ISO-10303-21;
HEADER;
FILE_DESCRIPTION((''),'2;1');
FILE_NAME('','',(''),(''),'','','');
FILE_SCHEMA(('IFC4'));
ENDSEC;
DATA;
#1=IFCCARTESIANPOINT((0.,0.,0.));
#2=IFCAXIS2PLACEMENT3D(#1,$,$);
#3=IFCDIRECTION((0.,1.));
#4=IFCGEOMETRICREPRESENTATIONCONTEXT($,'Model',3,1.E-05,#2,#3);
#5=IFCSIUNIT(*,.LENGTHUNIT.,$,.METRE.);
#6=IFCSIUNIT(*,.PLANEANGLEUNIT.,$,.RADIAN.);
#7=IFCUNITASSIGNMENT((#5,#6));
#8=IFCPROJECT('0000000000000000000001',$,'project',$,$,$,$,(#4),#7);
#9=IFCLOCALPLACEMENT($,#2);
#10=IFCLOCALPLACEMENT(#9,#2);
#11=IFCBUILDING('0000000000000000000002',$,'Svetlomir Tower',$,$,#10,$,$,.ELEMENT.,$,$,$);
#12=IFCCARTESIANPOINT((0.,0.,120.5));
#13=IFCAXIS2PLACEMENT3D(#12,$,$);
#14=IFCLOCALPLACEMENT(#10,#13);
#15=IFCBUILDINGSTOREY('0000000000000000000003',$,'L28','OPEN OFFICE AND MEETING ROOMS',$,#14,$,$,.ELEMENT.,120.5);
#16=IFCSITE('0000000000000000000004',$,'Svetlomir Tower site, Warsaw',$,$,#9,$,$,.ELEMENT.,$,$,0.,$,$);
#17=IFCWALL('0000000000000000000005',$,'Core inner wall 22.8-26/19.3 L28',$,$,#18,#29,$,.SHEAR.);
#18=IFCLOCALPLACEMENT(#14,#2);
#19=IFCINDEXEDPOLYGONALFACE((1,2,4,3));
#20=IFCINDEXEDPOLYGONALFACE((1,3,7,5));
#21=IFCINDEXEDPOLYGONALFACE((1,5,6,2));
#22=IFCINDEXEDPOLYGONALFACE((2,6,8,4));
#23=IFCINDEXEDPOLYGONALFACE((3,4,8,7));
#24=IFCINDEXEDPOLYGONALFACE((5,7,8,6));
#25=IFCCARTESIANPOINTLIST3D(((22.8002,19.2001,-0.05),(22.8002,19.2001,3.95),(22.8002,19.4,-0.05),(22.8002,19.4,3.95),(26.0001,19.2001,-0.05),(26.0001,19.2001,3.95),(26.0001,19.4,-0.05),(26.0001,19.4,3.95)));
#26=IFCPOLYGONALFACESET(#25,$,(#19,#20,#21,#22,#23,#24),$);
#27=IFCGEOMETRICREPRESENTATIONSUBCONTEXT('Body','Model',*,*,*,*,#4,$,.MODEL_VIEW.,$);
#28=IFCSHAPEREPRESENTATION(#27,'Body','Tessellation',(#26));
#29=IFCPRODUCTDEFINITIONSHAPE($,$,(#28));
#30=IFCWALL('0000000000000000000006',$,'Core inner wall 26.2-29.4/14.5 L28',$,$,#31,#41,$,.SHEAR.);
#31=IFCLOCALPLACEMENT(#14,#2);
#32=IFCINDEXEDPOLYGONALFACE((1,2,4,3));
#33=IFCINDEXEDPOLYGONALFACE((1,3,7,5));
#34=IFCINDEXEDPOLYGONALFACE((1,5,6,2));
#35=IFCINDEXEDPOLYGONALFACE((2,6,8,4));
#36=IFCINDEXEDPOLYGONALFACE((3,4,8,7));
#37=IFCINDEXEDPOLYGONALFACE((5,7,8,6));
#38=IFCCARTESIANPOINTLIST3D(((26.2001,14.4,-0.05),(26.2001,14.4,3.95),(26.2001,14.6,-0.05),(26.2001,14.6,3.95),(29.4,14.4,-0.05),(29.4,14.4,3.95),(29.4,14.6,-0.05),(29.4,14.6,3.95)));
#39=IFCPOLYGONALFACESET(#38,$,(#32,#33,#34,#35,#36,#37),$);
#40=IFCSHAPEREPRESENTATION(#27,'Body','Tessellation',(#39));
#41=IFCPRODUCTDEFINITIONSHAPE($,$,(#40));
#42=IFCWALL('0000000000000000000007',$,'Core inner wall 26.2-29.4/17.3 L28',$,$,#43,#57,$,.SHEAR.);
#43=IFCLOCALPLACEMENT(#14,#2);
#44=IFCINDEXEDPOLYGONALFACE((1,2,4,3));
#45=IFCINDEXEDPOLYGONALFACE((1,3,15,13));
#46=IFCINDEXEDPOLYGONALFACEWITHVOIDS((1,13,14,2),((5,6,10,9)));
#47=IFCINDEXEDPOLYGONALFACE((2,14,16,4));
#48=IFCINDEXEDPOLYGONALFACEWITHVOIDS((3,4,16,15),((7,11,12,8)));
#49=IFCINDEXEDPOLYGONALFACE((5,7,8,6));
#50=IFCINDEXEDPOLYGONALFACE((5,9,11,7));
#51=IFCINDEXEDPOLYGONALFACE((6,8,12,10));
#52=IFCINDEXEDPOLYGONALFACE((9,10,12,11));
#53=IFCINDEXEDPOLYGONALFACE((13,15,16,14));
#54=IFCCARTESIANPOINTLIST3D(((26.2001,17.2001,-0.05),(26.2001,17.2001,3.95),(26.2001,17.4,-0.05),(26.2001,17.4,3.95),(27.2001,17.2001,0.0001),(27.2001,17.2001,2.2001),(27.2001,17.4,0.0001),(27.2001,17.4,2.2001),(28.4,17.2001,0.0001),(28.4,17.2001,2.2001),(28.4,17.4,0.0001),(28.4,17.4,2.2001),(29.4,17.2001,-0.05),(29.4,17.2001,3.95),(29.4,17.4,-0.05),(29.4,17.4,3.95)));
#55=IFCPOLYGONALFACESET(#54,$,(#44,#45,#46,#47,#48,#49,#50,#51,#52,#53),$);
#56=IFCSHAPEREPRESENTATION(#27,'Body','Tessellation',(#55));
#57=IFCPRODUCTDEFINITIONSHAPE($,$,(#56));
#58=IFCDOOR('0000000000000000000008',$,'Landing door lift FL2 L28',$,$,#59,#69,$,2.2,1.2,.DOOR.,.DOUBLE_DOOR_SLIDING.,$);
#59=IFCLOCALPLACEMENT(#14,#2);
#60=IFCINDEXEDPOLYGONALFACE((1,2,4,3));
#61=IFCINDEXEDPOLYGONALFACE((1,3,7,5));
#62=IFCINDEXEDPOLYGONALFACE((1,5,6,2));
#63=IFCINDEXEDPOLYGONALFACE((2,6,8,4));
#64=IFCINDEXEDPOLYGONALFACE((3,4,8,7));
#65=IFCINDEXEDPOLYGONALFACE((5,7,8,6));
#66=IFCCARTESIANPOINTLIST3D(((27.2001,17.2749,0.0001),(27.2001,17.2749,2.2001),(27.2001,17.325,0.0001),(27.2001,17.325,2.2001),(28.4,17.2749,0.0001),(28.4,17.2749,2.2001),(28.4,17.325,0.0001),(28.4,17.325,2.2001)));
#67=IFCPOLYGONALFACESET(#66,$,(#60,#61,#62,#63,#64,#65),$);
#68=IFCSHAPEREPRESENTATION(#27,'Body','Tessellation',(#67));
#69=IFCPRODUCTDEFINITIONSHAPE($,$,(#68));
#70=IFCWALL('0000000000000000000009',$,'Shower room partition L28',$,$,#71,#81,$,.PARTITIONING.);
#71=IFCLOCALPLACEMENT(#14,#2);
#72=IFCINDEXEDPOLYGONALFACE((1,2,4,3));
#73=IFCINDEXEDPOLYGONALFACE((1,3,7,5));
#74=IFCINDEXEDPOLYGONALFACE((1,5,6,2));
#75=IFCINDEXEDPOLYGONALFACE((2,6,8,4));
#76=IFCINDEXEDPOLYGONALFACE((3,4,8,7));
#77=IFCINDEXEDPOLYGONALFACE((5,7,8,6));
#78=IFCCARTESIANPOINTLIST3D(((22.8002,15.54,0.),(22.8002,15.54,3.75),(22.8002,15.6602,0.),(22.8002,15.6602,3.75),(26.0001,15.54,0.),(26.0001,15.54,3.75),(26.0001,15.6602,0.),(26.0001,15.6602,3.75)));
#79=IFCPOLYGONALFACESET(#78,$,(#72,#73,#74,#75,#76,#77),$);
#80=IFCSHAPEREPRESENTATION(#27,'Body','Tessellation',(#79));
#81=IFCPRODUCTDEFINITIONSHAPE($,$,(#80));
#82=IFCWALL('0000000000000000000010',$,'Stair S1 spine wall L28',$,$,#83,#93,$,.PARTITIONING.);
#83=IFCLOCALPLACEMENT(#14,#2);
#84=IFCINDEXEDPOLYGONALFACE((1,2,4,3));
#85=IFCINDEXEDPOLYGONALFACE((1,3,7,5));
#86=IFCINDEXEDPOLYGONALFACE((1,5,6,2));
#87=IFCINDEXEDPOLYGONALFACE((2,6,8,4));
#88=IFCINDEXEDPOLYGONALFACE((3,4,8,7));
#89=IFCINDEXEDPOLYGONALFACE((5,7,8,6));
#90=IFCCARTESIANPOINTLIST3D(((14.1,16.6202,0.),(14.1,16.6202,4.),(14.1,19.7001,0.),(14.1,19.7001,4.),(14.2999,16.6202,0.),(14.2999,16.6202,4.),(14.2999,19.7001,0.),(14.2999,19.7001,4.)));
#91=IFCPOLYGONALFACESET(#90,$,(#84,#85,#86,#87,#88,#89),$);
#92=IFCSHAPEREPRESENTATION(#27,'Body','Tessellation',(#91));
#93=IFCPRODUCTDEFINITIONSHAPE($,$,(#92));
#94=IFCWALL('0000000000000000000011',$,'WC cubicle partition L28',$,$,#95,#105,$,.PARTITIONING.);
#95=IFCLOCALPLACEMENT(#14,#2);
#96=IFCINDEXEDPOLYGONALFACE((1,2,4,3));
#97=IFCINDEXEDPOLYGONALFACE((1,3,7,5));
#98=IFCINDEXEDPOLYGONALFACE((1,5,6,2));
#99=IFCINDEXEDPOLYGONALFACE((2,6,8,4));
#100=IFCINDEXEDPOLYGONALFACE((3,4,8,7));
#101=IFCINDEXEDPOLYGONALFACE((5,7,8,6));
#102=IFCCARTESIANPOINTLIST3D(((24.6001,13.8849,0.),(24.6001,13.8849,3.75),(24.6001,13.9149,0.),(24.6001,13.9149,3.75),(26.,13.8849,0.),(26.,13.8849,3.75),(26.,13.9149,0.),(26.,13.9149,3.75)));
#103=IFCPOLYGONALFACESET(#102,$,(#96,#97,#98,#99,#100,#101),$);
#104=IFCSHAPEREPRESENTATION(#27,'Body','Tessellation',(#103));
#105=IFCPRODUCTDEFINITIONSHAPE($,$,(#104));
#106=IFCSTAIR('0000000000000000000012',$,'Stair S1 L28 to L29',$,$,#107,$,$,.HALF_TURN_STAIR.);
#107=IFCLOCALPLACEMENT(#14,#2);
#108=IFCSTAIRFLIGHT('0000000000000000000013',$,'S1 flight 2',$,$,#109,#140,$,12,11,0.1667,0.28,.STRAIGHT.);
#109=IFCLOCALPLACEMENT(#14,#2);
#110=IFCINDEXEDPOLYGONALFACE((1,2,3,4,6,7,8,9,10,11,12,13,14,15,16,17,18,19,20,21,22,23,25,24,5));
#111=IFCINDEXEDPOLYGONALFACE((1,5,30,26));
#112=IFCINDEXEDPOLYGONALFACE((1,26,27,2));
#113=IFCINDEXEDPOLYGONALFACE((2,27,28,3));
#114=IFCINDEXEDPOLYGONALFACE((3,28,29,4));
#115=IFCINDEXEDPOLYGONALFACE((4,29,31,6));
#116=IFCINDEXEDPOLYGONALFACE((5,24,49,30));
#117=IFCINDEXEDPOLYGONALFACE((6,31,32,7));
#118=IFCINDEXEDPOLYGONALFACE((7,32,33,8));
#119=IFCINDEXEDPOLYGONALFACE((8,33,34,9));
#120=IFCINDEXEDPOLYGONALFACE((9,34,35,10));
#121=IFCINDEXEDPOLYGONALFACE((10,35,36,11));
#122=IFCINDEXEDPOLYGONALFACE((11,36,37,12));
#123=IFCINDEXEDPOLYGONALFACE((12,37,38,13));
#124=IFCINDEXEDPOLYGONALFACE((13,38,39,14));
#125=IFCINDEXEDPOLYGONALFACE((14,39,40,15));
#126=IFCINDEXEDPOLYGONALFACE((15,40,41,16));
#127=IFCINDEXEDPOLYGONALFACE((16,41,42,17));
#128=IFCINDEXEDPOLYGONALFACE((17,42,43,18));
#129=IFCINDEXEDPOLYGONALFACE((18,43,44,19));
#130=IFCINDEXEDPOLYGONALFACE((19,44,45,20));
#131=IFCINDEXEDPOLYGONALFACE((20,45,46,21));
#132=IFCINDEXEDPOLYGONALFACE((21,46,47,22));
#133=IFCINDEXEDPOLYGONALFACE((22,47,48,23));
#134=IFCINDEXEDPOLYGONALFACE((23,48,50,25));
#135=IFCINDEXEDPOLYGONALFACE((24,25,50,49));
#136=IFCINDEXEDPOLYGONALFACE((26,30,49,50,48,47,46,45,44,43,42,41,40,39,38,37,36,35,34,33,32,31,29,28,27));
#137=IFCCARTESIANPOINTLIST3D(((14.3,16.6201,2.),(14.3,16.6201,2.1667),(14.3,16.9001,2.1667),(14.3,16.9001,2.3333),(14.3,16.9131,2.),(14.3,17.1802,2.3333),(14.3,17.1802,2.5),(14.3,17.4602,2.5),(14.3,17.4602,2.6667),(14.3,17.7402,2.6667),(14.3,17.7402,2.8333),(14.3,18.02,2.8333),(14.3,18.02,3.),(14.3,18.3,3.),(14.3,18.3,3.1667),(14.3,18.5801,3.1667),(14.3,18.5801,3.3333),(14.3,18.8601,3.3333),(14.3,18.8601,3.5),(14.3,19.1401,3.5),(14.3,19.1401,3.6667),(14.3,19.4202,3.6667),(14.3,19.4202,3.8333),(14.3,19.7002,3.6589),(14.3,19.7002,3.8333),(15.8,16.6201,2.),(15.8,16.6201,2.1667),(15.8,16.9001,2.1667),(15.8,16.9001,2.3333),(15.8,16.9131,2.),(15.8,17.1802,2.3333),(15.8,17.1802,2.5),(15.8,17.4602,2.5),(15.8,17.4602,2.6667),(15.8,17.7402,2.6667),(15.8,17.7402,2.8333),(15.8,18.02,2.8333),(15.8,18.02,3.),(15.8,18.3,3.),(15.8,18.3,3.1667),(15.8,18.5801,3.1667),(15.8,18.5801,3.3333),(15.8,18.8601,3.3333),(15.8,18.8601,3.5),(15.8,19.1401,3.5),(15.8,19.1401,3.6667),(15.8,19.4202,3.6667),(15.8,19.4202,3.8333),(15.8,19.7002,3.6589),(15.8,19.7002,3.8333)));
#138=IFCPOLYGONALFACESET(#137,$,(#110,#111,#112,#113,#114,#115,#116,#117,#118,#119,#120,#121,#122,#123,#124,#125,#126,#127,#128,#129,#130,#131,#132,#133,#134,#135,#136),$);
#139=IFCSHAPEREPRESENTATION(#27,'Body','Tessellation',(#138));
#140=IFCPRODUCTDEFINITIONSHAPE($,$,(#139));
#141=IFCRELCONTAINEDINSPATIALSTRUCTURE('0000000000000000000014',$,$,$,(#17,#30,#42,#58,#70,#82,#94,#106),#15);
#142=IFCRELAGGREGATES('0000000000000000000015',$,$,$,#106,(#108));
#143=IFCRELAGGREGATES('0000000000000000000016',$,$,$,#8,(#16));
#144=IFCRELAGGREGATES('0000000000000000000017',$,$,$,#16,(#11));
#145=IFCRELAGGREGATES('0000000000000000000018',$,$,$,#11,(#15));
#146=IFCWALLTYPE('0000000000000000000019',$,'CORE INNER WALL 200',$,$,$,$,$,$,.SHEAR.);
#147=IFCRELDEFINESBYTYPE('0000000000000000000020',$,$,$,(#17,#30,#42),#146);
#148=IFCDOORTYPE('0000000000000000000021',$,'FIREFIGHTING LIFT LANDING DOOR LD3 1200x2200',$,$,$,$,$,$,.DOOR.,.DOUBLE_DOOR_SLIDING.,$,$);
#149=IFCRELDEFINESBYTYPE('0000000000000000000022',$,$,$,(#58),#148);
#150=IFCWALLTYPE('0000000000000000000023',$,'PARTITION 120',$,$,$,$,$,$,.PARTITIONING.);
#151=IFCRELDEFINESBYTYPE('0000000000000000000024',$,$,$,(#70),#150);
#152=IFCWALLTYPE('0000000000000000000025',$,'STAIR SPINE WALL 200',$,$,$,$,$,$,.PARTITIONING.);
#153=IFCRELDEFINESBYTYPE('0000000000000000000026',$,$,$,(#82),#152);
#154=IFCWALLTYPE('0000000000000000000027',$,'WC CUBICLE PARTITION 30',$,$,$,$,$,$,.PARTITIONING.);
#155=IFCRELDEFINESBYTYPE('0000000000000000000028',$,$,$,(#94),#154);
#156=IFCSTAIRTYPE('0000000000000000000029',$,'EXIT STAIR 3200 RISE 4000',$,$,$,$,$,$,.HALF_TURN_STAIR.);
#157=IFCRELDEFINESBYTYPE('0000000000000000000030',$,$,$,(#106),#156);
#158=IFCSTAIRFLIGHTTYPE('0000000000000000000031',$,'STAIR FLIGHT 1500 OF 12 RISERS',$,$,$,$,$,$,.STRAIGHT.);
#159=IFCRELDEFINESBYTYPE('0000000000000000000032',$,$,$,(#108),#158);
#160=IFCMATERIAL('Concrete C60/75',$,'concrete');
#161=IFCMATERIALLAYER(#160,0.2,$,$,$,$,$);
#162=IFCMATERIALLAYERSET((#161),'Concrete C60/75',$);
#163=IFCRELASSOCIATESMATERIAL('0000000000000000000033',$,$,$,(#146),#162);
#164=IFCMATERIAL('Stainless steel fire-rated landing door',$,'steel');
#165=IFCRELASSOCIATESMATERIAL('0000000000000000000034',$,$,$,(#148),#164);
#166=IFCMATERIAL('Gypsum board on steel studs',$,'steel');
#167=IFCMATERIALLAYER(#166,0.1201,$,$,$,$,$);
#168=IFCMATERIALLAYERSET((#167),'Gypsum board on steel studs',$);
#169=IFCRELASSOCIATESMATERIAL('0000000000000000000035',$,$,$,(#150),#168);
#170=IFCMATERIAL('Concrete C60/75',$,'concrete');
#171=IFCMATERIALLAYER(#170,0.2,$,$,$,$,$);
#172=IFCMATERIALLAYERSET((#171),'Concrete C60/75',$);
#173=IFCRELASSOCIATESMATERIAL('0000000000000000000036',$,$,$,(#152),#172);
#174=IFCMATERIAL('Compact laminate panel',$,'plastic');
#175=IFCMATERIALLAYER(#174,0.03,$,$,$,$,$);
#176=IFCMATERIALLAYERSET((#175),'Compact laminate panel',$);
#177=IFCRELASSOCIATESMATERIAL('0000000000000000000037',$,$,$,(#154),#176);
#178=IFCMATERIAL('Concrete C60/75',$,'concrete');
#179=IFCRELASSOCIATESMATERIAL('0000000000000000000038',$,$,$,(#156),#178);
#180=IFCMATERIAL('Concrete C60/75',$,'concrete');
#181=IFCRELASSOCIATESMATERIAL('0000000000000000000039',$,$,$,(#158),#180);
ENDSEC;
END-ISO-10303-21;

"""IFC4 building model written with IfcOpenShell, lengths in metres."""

from ifc_helpers import new_model, si_unit, direction, frame, frame_2d, origin, place, context, subcontext, project, spatial, polyline, rectangle, outline, extrude, material, layer, layer_set, type_object, element, fill, aggregate, save


model = new_model("IFC4")

# Units and contexts
model_context = context("Model", 3, precision=1e-05, world=origin(), true_north=direction((0.0, 1.0)))
body_context = subcontext(model_context, "Body", "Model", "MODEL_VIEW")
ifc_project = project(units=[si_unit("LENGTHUNIT", "METRE"), si_unit("PLANEANGLEUNIT", "RADIAN")], contexts=[model_context])

# Site, building, storey
site_placement = place(None, origin())
site = spatial("IfcSite", under=ifc_project, at=site_placement, Name="Svetlomir Tower site, Warsaw", CompositionType="ELEMENT", RefElevation=0.0)
building_placement = place(site_placement, origin())
building = spatial("IfcBuilding", under=site, at=building_placement, Name="Svetlomir Tower", CompositionType="ELEMENT")
storey_placement = place(building_placement, frame((0.0, 0.0, 120.5)))
storey = spatial("IfcBuildingStorey", under=building, at=storey_placement, Name="L28", Description="OPEN OFFICE AND MEETING ROOMS", CompositionType="ELEMENT", Elevation=120.5)

# Shared definitions
ifc_material_1 = material(Name="Concrete C60/75", Category="concrete")
ifc_layer_1 = layer(ifc_material_1, 0.2)
ifc_layer_set_1 = layer_set([ifc_layer_1], Name="Concrete C60/75")
wall_type_1 = type_object("IfcWallType", Name="CORE INNER WALL 200", PredefinedType="SHEAR", material=ifc_layer_set_1)

# Walls
for number, where, z_axis, x_axis, name in (
    (1, (22.8, 19.3, -0.05), (0.0, 0.0, 1.0), (1.0, 0.0, 0.0), "Core inner wall 22.8-26/19.3 L28"),
    (2, (26.2, 14.5, -0.05), (0.0, 0.0, 1.0), (1.0, 0.0, 0.0), "Core inner wall 26.2-29.4/14.5 L28"),
):
    element("IfcWall", number, at=place(storey_placement, frame(where, z_axis=z_axis, x_axis=x_axis)), inside=storey, type_object=wall_type_1, Name=name, PredefinedType="SHEAR", context=body_context, shape_type="SweptSolid", body=[
        extrude(rectangle(XDim=3.2, YDim=0.2, at=frame_2d((1.6001, 0.0))), origin(), (0.0, 0.0, 1.0), 4.0),
    ])

# Wall, opening, door
wall_1_placement = place(storey_placement, frame((26.2, 17.3, -0.05), z_axis=(0.0, 0.0, 1.0), x_axis=(1.0, 0.0, 0.0)))
wall_1 = element("IfcWall", 3, at=wall_1_placement, inside=storey, type_object=wall_type_1, Name="Core inner wall 26.2-29.4/17.3 L28", PredefinedType="SHEAR", context=body_context, shape_type="SweptSolid", body=[
    extrude(rectangle(XDim=3.2, YDim=0.2, at=frame_2d((1.6001, 0.0))), origin(), (0.0, 0.0, 1.0), 4.0),
])
opening_1_placement = place(wall_1_placement, frame((1.0, 0.0, 0.05)))
opening_1 = element("IfcOpeningElement", 4, at=opening_1_placement, cuts=wall_1, PredefinedType="OPENING", context=body_context, shape_type="SweptSolid", body=[
    extrude(rectangle(XDim=1.2, YDim=2.2, at=frame_2d((0.6001, 1.1001))), frame((0.0, 0.1099, 0.0), z_axis=(0.0, -1.0, 0.0), x_axis=(1.0, 0.0, 0.0)), (0.0, 0.0, 1.0), 0.22),
])
ifc_material_2 = material(Name="Stainless steel fire-rated landing door", Category="steel")
door_type_1 = type_object("IfcDoorType", Name="FIREFIGHTING LIFT LANDING DOOR LD3 1200x2200", OperationType="DOUBLE_DOOR_SLIDING", PredefinedType="DOOR", material=ifc_material_2)
door_1_placement = place(opening_1_placement, origin())
door_1 = element("IfcDoor", 5, at=door_1_placement, inside=storey, type_object=door_type_1, Name="Landing door lift FL2 L28", OperationType="DOUBLE_DOOR_SLIDING", OverallHeight=2.2, OverallWidth=1.2, PredefinedType="DOOR", context=body_context, shape_type="SweptSolid", body=[
    extrude(rectangle(XDim=1.2, YDim=2.2, at=frame_2d((0.6001, 1.1001))), frame((0.0, 0.0249, 0.0), z_axis=(0.0, -1.0, 0.0), x_axis=(1.0, 0.0, 0.0)), (0.0, 0.0, 1.0), 0.05),
])
fill(opening_1, door_1)

# Walls
ifc_material_3 = material(Name="Gypsum board on steel studs", Category="steel")
ifc_layer_2 = layer(ifc_material_3, 0.1201)
ifc_layer_set_2 = layer_set([ifc_layer_2], Name="Gypsum board on steel studs")
wall_type_2 = type_object("IfcWallType", Name="PARTITION 120", PredefinedType="PARTITIONING", material=ifc_layer_set_2)
wall_2_placement = place(storey_placement, frame((22.8, 15.6001, 0.0), z_axis=(0.0, 0.0, 1.0), x_axis=(1.0, 0.0, 0.0)))
element("IfcWall", 6, at=wall_2_placement, inside=storey, type_object=wall_type_2, Name="Shower room partition L28", PredefinedType="PARTITIONING", context=body_context, shape_type="SweptSolid", body=[
    extrude(rectangle(XDim=3.2, YDim=0.1201, at=frame_2d((1.6001, 0.0))), origin(), (0.0, 0.0, 1.0), 3.75),
])
ifc_material_4 = material(Name="Concrete C60/75", Category="concrete")
ifc_layer_3 = layer(ifc_material_4, 0.2)
ifc_layer_set_3 = layer_set([ifc_layer_3], Name="Concrete C60/75")
wall_type_3 = type_object("IfcWallType", Name="STAIR SPINE WALL 200", PredefinedType="PARTITIONING", material=ifc_layer_set_3)
wall_3_placement = place(storey_placement, frame((14.2, 16.6201, 0.0), z_axis=(0.0, 0.0, 1.0), x_axis=(0.0, 1.0, 0.0)))
element("IfcWall", 7, at=wall_3_placement, inside=storey, type_object=wall_type_3, Name="Stair S1 spine wall L28", PredefinedType="PARTITIONING", context=body_context, shape_type="SweptSolid", body=[
    extrude(rectangle(XDim=3.0798, YDim=0.2, at=frame_2d((1.54, 0.0))), origin(), (0.0, 0.0, 1.0), 4.0),
])
ifc_material_5 = material(Name="Compact laminate panel", Category="plastic")
ifc_layer_4 = layer(ifc_material_5, 0.03)
ifc_layer_set_4 = layer_set([ifc_layer_4], Name="Compact laminate panel")
wall_type_4 = type_object("IfcWallType", Name="WC CUBICLE PARTITION 30", PredefinedType="PARTITIONING", material=ifc_layer_set_4)
wall_4_placement = place(storey_placement, frame((24.6001, 13.8999, 0.0), z_axis=(0.0, 0.0, 1.0), x_axis=(1.0, 0.0, 0.0)))
element("IfcWall", 8, at=wall_4_placement, inside=storey, type_object=wall_type_4, Name="WC cubicle partition L28", PredefinedType="PARTITIONING", context=body_context, shape_type="SweptSolid", body=[
    extrude(rectangle(XDim=1.3999, YDim=0.03, at=frame_2d((0.7, 0.0))), origin(), (0.0, 0.0, 1.0), 3.75),
])

# Stair, stair flight
ifc_material_6 = material(Name="Concrete C60/75", Category="concrete")
stair_type = type_object("IfcStairType", Name="EXIT STAIR 3200 RISE 4000", PredefinedType="HALF_TURN_STAIR", material=ifc_material_6)
stair_placement = place(storey_placement, origin())
stair = element("IfcStair", 9, at=stair_placement, inside=storey, type_object=stair_type, Name="Stair S1 L28 to L29", PredefinedType="HALF_TURN_STAIR")
ifc_material_7 = material(Name="Concrete C60/75", Category="concrete")
stair_flight_type = type_object("IfcStairFlightType", Name="STAIR FLIGHT 1500 OF 12 RISERS", PredefinedType="STRAIGHT", material=ifc_material_7)
stair_flight_placement = place(storey_placement, frame((15.05, 16.6201, 2.0), z_axis=(0.0, 0.0, 1.0), x_axis=(0.0, 1.0, 0.0)))
stair_flight = element("IfcStairFlight", 10, at=stair_flight_placement, type_object=stair_flight_type, Name="S1 flight 2", NumberOfRisers=12, NumberOfTreads=11, PredefinedType="STRAIGHT", RiserHeight=0.1667, TreadLength=0.28, context=body_context, shape_type="SweptSolid", body=[
    extrude(outline(polyline([(0.0, 0.0), (0.0, 0.1667), (0.28, 0.1667), (0.28, 0.3333), (0.5601, 0.3333), (0.5601, 0.5), (0.8401, 0.5), (0.8401, 0.6667), (1.1201, 0.6667), (1.1201, 0.8333), (1.3999, 0.8333), (1.3999, 1.0), (1.6799, 1.0), (1.6799, 1.1667), (1.96, 1.1667), (1.96, 1.3333), (2.24, 1.3333), (2.24, 1.5), (2.52, 1.5), (2.52, 1.6667), (2.8, 1.6667), (2.8, 1.8333), (3.0801, 1.8333), (3.0801, 2.0), (3.0801, 1.6589), (0.293, 0.0), (0.0, 0.0)])), frame((0.0, 0.75, 0.0), z_axis=(0.0, -1.0, 0.0), x_axis=(1.0, 0.0, 0.0)), (0.0, 0.0, 1.0), 1.5),
])
aggregate(stair, [stair_flight])

save(model, "model.ifc")
